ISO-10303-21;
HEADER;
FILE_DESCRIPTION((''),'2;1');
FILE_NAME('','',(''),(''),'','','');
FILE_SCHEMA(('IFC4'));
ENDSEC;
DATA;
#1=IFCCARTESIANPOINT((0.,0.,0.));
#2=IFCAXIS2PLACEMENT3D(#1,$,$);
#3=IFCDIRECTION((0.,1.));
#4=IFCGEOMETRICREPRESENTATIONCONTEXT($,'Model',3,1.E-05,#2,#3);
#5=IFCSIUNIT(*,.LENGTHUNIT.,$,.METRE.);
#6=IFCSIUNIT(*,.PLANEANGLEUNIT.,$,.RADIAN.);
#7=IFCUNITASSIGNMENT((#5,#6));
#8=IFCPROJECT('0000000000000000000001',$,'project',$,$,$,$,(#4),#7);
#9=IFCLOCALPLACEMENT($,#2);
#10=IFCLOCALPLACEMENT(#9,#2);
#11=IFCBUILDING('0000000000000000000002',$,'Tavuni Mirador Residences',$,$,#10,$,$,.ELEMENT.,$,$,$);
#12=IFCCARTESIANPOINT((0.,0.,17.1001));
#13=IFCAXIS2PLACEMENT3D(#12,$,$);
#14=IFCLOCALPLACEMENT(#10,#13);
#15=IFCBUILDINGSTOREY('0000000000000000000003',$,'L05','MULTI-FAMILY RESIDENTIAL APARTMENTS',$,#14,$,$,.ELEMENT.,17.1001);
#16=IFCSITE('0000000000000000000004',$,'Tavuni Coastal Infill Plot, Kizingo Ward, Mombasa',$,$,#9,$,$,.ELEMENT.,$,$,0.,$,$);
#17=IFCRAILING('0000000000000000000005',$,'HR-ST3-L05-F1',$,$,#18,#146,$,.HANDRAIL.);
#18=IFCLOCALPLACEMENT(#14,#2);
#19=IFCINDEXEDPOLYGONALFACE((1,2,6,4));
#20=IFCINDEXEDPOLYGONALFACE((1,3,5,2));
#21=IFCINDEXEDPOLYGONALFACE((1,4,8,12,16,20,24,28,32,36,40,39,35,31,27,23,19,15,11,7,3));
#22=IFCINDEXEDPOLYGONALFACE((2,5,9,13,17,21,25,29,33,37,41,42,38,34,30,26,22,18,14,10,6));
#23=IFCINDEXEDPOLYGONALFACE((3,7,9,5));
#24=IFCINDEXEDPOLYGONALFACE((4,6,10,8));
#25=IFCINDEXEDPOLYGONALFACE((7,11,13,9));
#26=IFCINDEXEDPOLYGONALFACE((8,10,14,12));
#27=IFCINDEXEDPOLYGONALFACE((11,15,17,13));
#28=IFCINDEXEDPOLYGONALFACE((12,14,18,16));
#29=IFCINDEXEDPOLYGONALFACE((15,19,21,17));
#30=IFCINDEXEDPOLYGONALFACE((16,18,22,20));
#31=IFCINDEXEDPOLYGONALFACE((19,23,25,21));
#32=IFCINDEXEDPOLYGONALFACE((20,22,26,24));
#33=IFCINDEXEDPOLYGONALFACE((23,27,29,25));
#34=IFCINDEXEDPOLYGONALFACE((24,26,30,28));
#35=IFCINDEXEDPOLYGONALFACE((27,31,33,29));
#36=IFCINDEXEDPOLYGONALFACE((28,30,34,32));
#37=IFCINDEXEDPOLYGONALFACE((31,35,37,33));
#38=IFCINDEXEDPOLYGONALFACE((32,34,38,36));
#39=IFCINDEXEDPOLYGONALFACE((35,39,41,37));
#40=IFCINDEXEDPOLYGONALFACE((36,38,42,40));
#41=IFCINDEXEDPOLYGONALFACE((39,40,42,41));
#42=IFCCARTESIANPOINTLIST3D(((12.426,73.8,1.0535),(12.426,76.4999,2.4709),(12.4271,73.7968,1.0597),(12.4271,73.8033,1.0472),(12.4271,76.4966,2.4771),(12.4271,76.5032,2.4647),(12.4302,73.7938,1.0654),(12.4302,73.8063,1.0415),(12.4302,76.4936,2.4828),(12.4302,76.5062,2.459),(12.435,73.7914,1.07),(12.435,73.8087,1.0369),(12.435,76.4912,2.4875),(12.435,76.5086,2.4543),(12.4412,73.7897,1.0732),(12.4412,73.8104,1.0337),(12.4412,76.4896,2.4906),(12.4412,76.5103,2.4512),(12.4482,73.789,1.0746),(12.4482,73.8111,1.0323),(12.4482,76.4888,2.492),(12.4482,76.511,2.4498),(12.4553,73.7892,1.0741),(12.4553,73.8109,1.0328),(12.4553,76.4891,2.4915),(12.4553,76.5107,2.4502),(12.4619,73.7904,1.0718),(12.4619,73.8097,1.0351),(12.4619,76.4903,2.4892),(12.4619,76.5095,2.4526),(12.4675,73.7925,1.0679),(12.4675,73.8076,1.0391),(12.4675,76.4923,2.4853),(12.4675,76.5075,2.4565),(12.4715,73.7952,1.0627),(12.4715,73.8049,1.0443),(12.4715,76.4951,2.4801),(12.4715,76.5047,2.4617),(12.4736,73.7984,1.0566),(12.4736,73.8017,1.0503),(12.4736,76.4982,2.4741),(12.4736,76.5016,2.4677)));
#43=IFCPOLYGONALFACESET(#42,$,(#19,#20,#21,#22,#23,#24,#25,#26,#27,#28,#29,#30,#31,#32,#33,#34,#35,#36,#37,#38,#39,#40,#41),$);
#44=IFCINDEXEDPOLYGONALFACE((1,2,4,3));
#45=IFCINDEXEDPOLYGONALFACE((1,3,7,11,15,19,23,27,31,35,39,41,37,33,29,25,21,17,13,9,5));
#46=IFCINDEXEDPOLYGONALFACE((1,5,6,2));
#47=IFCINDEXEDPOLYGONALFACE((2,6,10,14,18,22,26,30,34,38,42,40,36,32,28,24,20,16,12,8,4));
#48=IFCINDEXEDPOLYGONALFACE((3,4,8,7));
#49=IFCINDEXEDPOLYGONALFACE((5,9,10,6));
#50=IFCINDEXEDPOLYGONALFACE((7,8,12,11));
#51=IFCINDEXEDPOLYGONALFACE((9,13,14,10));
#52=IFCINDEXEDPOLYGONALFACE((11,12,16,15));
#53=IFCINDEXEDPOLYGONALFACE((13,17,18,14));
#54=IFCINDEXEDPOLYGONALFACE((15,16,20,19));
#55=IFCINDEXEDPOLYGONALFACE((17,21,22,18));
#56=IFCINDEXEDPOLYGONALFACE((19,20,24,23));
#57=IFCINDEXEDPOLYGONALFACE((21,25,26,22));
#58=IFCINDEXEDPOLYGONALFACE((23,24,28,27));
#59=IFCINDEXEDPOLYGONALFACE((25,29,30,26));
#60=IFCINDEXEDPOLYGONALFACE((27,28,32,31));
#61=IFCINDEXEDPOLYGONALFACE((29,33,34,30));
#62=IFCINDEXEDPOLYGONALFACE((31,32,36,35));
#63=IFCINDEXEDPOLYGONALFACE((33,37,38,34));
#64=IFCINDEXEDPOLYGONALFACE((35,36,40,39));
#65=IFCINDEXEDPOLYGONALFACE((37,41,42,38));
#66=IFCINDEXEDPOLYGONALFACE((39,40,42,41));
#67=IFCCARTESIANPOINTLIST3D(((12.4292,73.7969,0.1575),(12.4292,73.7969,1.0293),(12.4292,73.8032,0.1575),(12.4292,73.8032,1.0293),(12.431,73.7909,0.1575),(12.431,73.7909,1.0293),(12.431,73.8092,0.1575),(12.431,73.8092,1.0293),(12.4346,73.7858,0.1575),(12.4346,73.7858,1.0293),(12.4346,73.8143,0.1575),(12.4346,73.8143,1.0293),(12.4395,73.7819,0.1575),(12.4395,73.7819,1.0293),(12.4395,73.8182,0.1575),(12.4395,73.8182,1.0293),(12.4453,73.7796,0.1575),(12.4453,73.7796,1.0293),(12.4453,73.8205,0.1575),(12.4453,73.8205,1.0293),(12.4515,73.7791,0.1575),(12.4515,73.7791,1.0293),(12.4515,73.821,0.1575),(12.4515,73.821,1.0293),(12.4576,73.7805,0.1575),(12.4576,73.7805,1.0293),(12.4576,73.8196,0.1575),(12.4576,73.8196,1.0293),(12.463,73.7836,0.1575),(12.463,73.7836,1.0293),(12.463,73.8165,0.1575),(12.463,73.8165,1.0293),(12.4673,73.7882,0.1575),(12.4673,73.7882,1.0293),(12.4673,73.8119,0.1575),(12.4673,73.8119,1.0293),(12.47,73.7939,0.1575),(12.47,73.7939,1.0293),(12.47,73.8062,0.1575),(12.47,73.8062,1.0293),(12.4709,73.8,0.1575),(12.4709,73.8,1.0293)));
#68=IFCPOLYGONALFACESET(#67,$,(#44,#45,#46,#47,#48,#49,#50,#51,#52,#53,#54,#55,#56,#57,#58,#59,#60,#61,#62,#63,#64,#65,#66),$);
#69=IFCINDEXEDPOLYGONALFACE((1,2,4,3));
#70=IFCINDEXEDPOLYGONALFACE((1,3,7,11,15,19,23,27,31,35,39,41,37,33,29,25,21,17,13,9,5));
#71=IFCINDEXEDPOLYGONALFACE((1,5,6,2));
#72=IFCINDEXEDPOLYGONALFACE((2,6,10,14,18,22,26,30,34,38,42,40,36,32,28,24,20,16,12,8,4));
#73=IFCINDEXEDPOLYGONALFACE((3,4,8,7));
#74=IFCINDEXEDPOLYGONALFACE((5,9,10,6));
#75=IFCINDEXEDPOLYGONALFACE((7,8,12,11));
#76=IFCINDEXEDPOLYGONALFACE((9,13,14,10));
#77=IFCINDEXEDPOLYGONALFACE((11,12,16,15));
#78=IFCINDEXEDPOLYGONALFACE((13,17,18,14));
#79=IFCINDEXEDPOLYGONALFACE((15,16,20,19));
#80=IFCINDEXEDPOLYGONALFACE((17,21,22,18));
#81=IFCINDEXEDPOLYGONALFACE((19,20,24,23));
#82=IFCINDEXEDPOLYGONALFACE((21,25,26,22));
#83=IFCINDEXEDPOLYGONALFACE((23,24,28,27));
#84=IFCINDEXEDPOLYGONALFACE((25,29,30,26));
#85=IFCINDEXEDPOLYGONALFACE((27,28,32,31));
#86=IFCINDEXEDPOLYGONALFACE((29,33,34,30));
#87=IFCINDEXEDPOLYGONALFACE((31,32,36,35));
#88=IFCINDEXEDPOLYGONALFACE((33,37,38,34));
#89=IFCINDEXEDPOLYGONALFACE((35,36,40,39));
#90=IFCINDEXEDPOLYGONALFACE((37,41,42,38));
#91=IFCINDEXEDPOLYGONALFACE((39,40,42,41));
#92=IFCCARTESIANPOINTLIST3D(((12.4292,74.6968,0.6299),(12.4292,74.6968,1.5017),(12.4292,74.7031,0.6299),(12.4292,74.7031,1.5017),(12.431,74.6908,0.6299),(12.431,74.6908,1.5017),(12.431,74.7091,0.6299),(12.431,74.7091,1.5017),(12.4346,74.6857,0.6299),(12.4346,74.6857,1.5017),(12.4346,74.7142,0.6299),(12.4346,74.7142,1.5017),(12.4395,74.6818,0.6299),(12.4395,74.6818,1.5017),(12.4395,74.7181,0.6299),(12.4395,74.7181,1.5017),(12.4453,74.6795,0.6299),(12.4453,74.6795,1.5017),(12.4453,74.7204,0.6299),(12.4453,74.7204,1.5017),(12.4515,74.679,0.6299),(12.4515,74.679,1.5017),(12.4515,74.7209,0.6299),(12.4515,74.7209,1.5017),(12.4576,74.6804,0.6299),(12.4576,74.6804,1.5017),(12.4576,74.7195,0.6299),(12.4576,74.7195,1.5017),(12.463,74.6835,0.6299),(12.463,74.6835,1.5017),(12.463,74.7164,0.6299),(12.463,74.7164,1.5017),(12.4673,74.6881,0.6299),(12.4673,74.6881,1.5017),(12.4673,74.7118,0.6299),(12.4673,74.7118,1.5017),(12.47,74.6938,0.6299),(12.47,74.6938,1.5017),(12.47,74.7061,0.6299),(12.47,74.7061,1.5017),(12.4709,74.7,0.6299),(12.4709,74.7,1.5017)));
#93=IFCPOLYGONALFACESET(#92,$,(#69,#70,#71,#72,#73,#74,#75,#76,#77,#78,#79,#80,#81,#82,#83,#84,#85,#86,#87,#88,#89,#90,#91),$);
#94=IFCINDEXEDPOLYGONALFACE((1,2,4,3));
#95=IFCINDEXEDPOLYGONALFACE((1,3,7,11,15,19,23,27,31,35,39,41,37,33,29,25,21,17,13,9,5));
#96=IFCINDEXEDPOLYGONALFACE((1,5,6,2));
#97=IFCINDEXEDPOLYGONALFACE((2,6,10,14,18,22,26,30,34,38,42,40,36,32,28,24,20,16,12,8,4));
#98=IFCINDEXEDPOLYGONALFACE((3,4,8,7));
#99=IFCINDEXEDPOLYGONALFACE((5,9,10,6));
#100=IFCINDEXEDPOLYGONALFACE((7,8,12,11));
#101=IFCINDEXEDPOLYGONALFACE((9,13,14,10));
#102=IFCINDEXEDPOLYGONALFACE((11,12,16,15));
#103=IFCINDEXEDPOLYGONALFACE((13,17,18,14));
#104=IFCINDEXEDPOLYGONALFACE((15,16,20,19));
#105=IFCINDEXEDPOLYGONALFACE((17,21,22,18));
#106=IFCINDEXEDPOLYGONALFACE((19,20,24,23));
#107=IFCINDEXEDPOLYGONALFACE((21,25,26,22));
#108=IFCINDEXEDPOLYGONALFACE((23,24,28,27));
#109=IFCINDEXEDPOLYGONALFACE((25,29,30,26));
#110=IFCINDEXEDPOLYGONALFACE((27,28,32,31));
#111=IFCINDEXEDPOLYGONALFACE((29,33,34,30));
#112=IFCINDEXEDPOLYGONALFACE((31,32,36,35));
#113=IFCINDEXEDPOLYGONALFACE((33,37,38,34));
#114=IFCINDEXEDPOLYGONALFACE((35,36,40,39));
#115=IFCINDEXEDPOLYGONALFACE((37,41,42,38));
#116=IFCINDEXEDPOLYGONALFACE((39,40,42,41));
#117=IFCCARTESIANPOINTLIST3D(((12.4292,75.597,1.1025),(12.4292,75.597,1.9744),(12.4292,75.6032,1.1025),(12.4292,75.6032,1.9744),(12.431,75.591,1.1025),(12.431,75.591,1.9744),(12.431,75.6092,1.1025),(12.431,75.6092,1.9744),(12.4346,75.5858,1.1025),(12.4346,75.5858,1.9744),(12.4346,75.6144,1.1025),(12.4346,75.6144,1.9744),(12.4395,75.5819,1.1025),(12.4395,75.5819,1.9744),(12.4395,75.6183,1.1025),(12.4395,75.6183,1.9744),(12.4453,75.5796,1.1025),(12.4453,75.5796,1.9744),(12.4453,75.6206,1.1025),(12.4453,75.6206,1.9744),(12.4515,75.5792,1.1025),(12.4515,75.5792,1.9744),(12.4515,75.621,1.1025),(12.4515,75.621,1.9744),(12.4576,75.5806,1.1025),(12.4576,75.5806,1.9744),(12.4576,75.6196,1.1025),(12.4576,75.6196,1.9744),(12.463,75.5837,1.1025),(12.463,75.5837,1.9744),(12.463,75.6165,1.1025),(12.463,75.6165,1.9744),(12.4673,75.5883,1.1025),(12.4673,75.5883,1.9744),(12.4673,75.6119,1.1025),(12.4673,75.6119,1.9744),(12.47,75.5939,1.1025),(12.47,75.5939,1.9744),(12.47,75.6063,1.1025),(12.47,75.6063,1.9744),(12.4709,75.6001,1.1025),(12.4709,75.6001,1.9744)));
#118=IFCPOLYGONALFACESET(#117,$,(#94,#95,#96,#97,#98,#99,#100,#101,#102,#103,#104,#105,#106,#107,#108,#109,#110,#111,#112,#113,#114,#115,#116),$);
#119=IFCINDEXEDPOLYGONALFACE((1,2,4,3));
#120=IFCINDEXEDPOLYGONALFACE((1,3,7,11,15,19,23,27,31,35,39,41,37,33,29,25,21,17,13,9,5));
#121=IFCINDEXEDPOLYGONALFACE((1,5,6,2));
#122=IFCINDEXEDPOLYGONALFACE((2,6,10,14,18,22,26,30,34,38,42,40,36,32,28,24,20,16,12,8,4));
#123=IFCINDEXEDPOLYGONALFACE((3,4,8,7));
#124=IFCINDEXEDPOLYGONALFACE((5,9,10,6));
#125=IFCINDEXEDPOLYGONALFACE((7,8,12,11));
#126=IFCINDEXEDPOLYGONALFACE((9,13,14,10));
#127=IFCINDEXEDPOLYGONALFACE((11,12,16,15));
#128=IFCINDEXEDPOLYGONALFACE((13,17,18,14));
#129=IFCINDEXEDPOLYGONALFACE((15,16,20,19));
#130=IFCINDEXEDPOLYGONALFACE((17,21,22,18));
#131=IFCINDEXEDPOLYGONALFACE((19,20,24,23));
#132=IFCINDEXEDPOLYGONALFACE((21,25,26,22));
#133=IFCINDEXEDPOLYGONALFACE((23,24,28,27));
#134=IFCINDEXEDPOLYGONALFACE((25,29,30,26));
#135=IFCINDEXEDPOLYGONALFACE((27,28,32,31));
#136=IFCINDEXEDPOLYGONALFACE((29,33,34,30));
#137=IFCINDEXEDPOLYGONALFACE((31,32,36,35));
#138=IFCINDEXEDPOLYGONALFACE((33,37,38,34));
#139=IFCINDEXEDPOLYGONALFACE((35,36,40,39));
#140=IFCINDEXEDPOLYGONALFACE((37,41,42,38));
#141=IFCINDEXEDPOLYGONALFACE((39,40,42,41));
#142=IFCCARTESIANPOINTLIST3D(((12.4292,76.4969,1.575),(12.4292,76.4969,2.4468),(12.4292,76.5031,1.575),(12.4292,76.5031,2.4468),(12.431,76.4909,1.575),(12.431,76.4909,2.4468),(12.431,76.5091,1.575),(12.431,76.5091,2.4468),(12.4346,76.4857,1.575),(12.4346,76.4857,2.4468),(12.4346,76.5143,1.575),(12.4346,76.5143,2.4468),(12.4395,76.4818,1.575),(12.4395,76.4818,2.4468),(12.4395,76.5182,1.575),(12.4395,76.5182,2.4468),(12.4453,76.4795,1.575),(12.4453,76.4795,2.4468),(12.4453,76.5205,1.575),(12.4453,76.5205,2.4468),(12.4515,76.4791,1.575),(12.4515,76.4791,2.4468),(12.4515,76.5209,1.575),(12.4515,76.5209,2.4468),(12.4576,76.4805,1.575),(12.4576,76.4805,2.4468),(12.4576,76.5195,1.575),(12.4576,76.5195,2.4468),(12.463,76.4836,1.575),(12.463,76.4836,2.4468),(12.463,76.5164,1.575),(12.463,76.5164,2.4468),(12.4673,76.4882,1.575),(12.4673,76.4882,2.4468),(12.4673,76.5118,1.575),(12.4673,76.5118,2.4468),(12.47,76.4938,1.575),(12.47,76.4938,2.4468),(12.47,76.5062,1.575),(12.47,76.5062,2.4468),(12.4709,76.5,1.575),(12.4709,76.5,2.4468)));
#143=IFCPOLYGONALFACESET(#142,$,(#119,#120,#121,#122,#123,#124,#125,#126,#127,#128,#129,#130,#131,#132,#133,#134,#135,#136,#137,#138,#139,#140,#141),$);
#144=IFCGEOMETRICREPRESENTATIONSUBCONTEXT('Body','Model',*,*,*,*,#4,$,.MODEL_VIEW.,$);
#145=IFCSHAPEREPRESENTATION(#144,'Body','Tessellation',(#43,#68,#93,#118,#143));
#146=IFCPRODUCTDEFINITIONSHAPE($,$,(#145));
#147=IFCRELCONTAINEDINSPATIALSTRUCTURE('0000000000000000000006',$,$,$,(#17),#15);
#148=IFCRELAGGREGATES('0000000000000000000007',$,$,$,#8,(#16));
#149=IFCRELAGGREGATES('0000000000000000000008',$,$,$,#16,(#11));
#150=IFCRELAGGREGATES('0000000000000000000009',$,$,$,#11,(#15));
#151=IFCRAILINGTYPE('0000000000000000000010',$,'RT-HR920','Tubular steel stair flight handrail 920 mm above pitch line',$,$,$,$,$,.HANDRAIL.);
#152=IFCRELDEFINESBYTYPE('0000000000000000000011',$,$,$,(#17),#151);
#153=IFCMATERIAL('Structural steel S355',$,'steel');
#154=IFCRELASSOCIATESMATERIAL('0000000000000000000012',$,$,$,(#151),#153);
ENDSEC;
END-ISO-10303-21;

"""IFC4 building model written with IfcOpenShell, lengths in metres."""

from ifc_helpers import new_model, si_unit, direction, frame, origin, origin_2d, place, context, subcontext, project, spatial, circle, extrude, material, type_object, element, save


model = new_model("IFC4")

# Units and contexts
model_context = context("Model", 3, precision=1e-05, world=origin(), true_north=direction((0.0, 1.0)))
body_context = subcontext(model_context, "Body", "Model", "MODEL_VIEW")
ifc_project = project(units=[si_unit("LENGTHUNIT", "METRE"), si_unit("PLANEANGLEUNIT", "RADIAN")], contexts=[model_context])

# Site, building, storey
site_placement = place(None, origin())
site = spatial("IfcSite", under=ifc_project, at=site_placement, Name="Tavuni Coastal Infill Plot, Kizingo Ward, Mombasa", CompositionType="ELEMENT", RefElevation=0.0)
building_placement = place(site_placement, origin())
building = spatial("IfcBuilding", under=site, at=building_placement, Name="Tavuni Mirador Residences", CompositionType="ELEMENT")
storey_placement = place(building_placement, frame((0.0, 0.0, 17.1001)))
storey = spatial("IfcBuildingStorey", under=building, at=storey_placement, Name="L05", Description="MULTI-FAMILY RESIDENTIAL APARTMENTS", CompositionType="ELEMENT", Elevation=17.1001)

# Shared definitions
ifc_material_1 = material(Name="Structural steel S355", Category="steel")

# Railing
railing_type_1 = type_object("IfcRailingType", Name="RT-HR920", Description="Tubular steel stair flight handrail 920 mm above pitch line", PredefinedType="HANDRAIL", material=ifc_material_1)
railing_1_placement = place(storey_placement, frame((12.45, 73.8, 0.1575)))
element("IfcRailing", 1, at=railing_1_placement, inside=storey, type_object=railing_type_1, Name="HR-ST3-L05-F1", PredefinedType="HANDRAIL", context=body_context, shape_type="SweptSolid", body=[
    extrude(circle(Radius=0.0239, at=origin_2d()), frame((0.0, 0.0, 0.896), z_axis=(0.0, 0.885397, 0.464835), x_axis=(-1.0, 0.0, 0.0)), (0.0, 0.0, 1.0), 3.0493),
    extrude(circle(Radius=0.021, at=origin_2d()), origin(), (0.0, 0.0, 1.0), 0.8718),
    extrude(circle(Radius=0.021, at=origin_2d()), frame((0.0, 0.8999, 0.4724)), (0.0, 0.0, 1.0), 0.8718),
    extrude(circle(Radius=0.021, at=origin_2d()), frame((0.0, 1.8, 0.9451)), (0.0, 0.0, 1.0), 0.8718),
    extrude(circle(Radius=0.021, at=origin_2d()), frame((0.0, 2.7, 1.4175)), (0.0, 0.0, 1.0), 0.8718),
])

save(model, "model.ifc")
